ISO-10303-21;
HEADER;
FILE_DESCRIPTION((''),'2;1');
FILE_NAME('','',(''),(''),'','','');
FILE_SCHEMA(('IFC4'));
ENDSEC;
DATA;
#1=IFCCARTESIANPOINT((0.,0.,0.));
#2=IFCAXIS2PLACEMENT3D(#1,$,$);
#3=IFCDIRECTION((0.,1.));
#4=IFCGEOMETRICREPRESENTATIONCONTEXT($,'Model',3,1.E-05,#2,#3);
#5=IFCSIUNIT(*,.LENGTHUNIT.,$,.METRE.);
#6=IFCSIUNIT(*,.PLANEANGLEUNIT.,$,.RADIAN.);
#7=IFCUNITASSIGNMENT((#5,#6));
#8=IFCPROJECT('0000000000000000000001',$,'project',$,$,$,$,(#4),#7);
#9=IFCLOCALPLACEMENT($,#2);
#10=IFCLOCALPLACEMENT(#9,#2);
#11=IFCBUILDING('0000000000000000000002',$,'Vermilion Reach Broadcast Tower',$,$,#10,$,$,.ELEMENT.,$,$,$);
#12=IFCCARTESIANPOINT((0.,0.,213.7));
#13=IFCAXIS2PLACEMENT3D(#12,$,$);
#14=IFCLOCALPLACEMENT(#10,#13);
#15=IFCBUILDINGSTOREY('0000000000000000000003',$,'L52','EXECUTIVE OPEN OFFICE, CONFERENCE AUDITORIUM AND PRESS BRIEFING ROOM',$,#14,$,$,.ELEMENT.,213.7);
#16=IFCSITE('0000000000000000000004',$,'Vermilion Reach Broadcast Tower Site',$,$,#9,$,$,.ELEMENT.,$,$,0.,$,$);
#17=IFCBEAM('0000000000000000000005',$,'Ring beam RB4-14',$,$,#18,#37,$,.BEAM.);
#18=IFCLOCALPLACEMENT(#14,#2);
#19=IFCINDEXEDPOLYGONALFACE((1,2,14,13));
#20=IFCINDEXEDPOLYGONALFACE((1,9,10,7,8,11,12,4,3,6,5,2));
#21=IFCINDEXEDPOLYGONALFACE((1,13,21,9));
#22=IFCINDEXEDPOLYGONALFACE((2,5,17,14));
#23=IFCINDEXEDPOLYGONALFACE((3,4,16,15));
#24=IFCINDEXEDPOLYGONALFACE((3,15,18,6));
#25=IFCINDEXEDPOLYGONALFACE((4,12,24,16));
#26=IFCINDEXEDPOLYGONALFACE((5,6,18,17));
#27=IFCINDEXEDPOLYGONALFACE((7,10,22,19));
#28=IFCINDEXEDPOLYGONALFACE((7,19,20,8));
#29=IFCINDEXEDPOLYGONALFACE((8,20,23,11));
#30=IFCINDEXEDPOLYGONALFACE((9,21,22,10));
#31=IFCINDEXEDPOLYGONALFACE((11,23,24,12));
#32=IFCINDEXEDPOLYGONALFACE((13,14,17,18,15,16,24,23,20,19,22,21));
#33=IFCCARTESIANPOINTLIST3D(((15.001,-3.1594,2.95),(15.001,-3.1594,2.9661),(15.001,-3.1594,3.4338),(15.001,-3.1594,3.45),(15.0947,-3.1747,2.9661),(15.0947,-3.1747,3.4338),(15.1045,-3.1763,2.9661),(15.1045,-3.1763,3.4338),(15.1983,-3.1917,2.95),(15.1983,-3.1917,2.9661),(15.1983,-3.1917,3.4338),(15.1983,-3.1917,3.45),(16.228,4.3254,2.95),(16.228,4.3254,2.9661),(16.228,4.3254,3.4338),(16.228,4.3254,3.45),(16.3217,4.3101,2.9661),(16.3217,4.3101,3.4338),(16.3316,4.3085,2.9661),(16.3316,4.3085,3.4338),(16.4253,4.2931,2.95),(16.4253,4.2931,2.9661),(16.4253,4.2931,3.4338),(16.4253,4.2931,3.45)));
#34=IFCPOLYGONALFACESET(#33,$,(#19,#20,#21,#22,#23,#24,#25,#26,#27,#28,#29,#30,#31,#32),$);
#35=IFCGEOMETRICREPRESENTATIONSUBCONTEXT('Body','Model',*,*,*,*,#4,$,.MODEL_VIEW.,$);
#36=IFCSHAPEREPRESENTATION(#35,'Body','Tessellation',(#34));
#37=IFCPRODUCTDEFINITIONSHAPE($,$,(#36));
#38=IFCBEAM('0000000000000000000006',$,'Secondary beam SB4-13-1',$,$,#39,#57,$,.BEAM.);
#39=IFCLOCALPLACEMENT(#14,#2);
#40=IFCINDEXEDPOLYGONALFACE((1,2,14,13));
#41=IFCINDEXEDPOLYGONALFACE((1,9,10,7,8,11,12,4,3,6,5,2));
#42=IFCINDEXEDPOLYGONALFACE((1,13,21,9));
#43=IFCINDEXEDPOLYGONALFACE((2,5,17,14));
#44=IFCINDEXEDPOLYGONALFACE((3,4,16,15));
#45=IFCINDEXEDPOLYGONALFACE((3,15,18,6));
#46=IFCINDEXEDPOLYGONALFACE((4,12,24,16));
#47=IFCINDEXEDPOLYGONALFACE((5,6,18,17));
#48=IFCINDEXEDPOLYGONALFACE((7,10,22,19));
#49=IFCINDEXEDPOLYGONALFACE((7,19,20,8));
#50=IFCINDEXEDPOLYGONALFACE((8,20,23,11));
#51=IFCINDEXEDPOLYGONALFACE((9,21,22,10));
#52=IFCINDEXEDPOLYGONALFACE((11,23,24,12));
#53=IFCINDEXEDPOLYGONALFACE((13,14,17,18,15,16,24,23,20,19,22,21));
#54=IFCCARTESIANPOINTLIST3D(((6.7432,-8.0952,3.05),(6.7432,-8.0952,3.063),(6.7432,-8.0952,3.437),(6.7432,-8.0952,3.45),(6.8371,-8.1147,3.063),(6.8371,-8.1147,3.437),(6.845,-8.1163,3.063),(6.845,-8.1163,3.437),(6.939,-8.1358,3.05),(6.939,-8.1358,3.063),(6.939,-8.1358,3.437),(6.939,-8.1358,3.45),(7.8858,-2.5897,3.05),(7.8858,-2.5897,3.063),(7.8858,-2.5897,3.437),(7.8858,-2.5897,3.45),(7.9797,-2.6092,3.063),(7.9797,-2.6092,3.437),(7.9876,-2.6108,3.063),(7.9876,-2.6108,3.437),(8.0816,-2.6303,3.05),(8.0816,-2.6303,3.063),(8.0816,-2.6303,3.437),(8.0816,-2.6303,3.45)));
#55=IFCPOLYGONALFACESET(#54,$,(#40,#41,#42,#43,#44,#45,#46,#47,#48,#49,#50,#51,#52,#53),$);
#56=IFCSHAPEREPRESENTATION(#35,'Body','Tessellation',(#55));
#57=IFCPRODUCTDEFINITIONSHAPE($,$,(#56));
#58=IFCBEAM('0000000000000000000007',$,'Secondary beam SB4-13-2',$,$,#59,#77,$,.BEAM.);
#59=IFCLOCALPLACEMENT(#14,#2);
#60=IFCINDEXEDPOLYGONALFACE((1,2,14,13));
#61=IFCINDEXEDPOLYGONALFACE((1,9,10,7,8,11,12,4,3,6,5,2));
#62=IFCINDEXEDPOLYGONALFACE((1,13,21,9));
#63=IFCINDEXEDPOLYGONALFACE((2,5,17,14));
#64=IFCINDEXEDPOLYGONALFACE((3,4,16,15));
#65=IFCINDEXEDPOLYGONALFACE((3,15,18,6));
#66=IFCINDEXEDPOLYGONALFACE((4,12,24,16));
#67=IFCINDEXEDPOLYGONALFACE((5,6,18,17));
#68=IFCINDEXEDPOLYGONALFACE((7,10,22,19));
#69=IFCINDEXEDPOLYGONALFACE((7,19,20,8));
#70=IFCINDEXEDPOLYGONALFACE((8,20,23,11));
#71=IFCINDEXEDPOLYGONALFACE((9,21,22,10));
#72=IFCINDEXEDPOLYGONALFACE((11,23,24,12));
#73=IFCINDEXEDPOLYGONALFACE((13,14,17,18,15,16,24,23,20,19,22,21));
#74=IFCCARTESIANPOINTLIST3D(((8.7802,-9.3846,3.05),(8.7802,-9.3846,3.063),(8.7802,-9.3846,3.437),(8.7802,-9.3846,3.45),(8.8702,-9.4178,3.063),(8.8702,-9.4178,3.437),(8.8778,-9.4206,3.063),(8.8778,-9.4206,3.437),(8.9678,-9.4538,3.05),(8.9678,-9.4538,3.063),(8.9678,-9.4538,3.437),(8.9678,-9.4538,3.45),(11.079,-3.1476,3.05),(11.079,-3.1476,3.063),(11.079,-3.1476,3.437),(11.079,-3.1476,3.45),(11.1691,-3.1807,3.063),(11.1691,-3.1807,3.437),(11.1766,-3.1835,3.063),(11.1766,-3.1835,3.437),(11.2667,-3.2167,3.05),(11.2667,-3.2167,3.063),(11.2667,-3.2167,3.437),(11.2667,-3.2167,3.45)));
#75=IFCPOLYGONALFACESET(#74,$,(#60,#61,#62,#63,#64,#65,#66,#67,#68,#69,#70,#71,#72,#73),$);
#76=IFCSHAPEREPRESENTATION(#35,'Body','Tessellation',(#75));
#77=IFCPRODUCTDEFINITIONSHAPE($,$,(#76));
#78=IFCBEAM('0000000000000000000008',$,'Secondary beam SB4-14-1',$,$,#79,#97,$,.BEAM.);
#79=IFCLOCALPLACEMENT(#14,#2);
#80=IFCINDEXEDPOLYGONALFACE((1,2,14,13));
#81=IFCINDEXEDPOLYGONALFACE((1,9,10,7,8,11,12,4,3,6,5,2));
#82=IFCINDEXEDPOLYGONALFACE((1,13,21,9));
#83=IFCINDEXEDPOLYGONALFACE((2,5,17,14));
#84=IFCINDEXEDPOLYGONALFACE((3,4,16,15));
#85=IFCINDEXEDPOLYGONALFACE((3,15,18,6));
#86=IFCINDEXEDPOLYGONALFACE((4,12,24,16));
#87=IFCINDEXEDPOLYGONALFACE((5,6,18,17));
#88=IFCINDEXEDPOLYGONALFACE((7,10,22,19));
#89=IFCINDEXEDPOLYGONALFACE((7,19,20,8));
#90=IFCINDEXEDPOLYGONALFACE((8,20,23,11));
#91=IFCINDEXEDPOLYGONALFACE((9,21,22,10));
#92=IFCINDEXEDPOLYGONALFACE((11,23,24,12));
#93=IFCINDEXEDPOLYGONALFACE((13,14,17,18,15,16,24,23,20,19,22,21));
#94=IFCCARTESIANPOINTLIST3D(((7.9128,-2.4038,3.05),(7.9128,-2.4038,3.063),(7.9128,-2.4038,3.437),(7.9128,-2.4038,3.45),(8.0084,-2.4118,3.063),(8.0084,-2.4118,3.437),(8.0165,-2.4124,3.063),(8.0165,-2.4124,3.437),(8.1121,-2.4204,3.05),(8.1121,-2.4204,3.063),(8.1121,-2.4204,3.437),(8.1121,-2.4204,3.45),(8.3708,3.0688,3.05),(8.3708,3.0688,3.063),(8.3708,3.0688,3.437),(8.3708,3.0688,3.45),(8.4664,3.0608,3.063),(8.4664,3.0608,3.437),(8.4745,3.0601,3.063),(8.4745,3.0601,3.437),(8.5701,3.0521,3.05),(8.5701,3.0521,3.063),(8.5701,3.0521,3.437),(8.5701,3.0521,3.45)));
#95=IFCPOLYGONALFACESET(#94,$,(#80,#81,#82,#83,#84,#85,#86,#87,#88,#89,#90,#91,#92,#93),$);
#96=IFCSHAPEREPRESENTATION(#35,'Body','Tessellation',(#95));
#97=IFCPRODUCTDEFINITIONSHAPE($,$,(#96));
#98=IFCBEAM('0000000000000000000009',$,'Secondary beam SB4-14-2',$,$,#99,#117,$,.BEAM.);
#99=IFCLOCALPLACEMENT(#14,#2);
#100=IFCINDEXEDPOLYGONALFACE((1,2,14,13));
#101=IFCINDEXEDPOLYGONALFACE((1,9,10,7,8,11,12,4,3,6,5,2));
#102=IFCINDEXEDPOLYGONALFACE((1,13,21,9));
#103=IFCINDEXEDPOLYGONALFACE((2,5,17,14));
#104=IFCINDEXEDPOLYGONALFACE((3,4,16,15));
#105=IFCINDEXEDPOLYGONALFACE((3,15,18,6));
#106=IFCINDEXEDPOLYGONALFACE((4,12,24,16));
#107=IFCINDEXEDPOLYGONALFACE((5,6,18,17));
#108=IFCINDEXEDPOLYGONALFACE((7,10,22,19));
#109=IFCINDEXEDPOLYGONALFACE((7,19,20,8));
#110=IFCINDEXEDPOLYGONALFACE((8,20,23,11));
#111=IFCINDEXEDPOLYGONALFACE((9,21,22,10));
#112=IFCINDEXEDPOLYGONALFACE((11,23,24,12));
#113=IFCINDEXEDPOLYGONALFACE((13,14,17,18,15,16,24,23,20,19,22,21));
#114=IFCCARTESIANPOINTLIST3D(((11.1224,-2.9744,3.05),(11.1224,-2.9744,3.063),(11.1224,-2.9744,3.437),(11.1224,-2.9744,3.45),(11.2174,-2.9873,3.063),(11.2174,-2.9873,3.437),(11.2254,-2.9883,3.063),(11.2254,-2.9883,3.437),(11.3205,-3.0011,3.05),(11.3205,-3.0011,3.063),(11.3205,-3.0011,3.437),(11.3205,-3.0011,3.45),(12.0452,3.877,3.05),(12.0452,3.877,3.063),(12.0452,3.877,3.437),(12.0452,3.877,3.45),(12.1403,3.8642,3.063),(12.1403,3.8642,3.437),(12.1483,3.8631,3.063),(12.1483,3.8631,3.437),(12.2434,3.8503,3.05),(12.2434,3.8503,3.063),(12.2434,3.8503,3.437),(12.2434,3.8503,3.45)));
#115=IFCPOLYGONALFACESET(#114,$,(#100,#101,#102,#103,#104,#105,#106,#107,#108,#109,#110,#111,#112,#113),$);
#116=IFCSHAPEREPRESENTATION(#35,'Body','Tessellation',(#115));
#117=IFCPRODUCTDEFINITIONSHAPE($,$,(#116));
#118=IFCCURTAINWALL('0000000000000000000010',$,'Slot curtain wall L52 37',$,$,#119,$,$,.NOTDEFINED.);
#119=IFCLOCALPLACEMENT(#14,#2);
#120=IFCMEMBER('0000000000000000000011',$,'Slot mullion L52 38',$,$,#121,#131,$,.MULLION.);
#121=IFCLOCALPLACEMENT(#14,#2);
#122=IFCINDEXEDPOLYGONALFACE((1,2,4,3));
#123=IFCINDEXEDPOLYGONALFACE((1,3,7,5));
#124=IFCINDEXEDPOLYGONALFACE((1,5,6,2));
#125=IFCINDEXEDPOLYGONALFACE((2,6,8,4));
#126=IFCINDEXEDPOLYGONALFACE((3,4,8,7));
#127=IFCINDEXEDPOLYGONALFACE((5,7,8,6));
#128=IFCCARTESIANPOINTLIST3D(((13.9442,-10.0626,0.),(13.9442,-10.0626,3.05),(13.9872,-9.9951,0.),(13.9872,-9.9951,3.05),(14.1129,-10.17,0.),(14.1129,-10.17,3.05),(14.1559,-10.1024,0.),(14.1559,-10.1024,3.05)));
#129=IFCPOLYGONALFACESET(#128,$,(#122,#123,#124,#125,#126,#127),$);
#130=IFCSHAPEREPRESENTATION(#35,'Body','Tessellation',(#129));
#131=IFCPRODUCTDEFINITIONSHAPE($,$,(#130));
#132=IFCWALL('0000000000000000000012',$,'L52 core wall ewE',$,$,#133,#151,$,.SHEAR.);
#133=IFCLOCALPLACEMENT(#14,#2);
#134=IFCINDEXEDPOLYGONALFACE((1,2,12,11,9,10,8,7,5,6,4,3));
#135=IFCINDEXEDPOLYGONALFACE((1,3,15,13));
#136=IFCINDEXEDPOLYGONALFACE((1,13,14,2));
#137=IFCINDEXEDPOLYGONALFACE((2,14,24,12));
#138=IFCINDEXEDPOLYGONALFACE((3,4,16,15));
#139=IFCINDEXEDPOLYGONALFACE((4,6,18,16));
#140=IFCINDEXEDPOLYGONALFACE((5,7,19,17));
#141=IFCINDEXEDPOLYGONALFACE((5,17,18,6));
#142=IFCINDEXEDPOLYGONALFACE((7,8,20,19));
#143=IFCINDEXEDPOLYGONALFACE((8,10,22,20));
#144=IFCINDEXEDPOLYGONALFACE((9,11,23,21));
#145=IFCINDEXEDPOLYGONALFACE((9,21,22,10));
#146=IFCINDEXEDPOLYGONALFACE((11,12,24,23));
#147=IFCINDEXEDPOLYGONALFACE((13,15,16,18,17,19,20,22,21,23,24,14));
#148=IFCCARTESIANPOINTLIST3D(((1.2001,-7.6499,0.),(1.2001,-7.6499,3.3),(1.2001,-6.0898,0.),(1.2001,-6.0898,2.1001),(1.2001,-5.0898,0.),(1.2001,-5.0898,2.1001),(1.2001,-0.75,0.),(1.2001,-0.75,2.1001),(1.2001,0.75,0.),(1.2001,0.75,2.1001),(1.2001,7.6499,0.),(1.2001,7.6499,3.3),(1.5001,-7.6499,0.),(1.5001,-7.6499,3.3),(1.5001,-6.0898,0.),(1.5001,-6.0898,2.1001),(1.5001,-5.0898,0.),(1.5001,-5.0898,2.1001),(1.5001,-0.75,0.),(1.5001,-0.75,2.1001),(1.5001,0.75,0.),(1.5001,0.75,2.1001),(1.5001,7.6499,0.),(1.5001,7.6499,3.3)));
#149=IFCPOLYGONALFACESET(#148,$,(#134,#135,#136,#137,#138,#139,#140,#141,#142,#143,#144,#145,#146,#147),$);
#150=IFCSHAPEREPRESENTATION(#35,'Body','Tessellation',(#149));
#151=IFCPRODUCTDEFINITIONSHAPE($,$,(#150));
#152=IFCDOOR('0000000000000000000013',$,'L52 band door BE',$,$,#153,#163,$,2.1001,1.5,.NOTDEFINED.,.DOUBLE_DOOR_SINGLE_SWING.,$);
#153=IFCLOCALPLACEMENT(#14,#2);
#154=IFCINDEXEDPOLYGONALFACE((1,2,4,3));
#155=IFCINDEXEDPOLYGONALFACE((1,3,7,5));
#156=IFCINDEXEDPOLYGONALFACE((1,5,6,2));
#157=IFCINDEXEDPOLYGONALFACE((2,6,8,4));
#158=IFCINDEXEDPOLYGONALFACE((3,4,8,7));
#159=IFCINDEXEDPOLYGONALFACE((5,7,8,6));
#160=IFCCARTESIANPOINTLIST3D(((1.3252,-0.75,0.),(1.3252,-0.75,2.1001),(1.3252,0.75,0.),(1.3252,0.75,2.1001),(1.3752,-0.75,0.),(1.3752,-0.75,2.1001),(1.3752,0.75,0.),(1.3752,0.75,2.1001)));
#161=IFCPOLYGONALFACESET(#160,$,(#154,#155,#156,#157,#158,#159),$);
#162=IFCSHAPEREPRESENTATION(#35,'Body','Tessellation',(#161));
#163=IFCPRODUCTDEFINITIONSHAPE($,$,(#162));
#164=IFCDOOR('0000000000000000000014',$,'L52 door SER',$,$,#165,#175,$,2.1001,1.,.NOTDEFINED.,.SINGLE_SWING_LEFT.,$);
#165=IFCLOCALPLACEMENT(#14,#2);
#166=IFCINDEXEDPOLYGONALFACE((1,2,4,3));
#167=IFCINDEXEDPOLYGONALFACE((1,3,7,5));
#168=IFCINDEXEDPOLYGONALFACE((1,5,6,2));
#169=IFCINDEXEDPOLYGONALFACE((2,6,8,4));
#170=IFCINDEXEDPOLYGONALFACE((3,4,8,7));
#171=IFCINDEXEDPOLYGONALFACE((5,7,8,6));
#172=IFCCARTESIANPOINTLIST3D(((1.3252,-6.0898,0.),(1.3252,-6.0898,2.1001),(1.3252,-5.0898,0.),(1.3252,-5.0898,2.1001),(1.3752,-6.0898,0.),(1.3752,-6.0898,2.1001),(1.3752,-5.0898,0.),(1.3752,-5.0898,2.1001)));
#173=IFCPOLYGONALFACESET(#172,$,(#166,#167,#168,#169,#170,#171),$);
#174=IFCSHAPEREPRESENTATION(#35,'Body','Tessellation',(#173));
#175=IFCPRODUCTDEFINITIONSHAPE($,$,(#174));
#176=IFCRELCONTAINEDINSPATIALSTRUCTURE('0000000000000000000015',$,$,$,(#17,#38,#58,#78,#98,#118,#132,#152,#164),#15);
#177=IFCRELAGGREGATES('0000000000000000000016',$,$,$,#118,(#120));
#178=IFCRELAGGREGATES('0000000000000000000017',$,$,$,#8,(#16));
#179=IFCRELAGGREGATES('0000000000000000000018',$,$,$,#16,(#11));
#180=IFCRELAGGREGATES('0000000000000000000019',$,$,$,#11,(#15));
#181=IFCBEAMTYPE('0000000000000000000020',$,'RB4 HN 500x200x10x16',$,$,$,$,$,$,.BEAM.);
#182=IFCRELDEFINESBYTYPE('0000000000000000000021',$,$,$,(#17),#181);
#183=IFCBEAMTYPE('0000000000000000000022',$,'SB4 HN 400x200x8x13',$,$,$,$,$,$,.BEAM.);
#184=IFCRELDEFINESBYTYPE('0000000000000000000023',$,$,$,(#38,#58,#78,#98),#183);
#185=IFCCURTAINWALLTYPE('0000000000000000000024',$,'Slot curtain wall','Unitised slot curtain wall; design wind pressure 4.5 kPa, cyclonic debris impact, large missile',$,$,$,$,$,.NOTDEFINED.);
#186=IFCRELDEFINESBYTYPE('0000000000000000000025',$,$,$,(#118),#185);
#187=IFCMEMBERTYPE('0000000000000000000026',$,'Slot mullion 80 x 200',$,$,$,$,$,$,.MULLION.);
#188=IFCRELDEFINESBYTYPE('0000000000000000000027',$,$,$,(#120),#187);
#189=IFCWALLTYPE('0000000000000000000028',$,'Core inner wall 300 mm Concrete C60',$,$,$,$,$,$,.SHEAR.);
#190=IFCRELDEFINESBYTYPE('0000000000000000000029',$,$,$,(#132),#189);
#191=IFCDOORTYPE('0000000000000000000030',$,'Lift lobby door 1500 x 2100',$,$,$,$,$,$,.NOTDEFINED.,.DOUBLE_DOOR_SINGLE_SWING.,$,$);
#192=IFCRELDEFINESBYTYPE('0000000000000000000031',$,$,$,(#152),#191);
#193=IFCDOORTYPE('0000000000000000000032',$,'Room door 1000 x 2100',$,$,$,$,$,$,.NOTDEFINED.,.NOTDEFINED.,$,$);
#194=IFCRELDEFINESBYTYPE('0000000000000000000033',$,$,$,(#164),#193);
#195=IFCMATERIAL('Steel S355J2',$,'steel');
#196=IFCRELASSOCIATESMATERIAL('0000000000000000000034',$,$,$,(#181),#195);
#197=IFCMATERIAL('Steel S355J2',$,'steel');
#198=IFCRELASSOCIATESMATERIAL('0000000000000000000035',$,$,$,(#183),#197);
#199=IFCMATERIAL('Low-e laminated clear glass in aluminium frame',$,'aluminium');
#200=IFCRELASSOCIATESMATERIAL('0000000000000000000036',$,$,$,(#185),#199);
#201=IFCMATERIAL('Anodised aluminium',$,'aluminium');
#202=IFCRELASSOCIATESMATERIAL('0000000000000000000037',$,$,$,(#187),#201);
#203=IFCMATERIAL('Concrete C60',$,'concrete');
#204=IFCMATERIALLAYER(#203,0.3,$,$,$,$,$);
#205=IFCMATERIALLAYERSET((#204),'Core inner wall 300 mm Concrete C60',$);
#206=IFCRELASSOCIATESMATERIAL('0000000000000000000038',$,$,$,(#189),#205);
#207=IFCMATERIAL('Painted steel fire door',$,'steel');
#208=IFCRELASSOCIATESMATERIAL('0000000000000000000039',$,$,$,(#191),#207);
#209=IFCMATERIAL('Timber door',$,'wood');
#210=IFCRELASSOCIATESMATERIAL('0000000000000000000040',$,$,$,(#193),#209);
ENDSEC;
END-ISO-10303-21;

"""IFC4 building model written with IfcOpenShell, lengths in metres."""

from ifc_helpers import new_model, si_unit, direction, frame, frame_2d, origin, origin_2d, place, context, subcontext, project, spatial, rectangle, i_section, extrude, material, layer, layer_set, material_profile, profile_set, type_object, element, fill, aggregate, save


model = new_model("IFC4")

# Units and contexts
model_context = context("Model", 3, precision=1e-05, world=origin(), true_north=direction((0.0, 1.0)))
body_context = subcontext(model_context, "Body", "Model", "MODEL_VIEW")
ifc_project = project(units=[si_unit("LENGTHUNIT", "METRE"), si_unit("PLANEANGLEUNIT", "RADIAN")], contexts=[model_context])

# Site, building, storey
site_placement = place(None, origin())
site = spatial("IfcSite", under=ifc_project, at=site_placement, Name="Vermilion Reach Broadcast Tower Site", CompositionType="ELEMENT", RefElevation=0.0)
building_placement = place(site_placement, origin())
building = spatial("IfcBuilding", under=site, at=building_placement, Name="Vermilion Reach Broadcast Tower", CompositionType="ELEMENT")
storey_placement = place(building_placement, frame((0.0, 0.0, 213.7)))
storey = spatial("IfcBuildingStorey", under=building, at=storey_placement, Name="L52", Description="EXECUTIVE OPEN OFFICE, CONFERENCE AUDITORIUM AND PRESS BRIEFING ROOM", CompositionType="ELEMENT", Elevation=213.7)

# Beams
ifc_material_1 = material(Name="Steel S355J2", Category="steel")
ifc_material_profile_1 = material_profile(ifc_material_1, i_section(OverallWidth=0.2, OverallDepth=0.5, WebThickness=0.01, FlangeThickness=0.0161, at=origin_2d()), Name="S355J2 HN 500x200x10x16")
ifc_profile_set_1 = profile_set([ifc_material_profile_1], Name="Steel S355J2")
beam_type_1 = type_object("IfcBeamType", Name="RB4 HN 500x200x10x16", PredefinedType="BEAM", material=ifc_profile_set_1)
beam_1_placement = place(storey_placement, frame((15.0996, -3.1755, 3.2), z_axis=(0.161778, 0.986827, 0.0), x_axis=(-0.986827, 0.161778, 0.0)))
element("IfcBeam", 1, at=beam_1_placement, inside=storey, type_object=beam_type_1, Name="Ring beam RB4-14", PredefinedType="BEAM", context=body_context, shape_type="SweptSolid", body=[
    extrude(i_section(OverallWidth=0.2, OverallDepth=0.5, WebThickness=0.01, FlangeThickness=0.0161, at=origin_2d()), origin(), (0.0, 0.0, 1.0), 7.5847),
])
ifc_material_2 = material(Name="Steel S355J2", Category="steel")
ifc_material_profile_2 = material_profile(ifc_material_2, i_section(OverallWidth=0.2, OverallDepth=0.3999, WebThickness=0.0081, FlangeThickness=0.0129, at=origin_2d()), Name="S355J2 HN 400x200x8x13")
ifc_profile_set_2 = profile_set([ifc_material_profile_2], Name="Steel S355J2")
beam_type_2 = type_object("IfcBeamType", Name="SB4 HN 400x200x8x13", PredefinedType="BEAM", material=ifc_profile_set_2)
beam_2_placement = place(storey_placement, frame((6.8411, -8.1155, 3.25), z_axis=(0.203209, 0.979135, 0.0), x_axis=(-0.979135, 0.203209, 0.0)))
element("IfcBeam", 2, at=beam_2_placement, inside=storey, type_object=beam_type_2, Name="Secondary beam SB4-13-1", PredefinedType="BEAM", context=body_context, shape_type="SweptSolid", body=[
    extrude(i_section(OverallWidth=0.2, OverallDepth=0.3999, WebThickness=0.0081, FlangeThickness=0.0129, at=origin_2d()), origin(), (0.0, 0.0, 1.0), 5.6228),
])
beam_3_placement = place(storey_placement, frame((8.874, -9.4192, 3.25), z_axis=(0.345833, 0.938296, 0.0), x_axis=(-0.938296, 0.345833, 0.0)))
element("IfcBeam", 3, at=beam_3_placement, inside=storey, type_object=beam_type_2, Name="Secondary beam SB4-13-2", PredefinedType="BEAM", context=body_context, shape_type="SweptSolid", body=[
    extrude(i_section(OverallWidth=0.2, OverallDepth=0.3999, WebThickness=0.0081, FlangeThickness=0.0129, at=origin_2d()), origin(), (0.0, 0.0, 1.0), 6.6472),
])
beam_4_placement = place(storey_placement, frame((8.0125, -2.4121, 3.25), z_axis=(0.083399, 0.996516, 0.0), x_axis=(-0.996516, 0.083399, 0.0)))
element("IfcBeam", 4, at=beam_4_placement, inside=storey, type_object=beam_type_2, Name="Secondary beam SB4-14-1", PredefinedType="BEAM", context=body_context, shape_type="SweptSolid", body=[
    extrude(i_section(OverallWidth=0.2, OverallDepth=0.3999, WebThickness=0.0081, FlangeThickness=0.0129, at=origin_2d()), origin(), (0.0, 0.0, 1.0), 5.4917),
])
beam_5_placement = place(storey_placement, frame((11.2214, -2.9878, 3.25), z_axis=(0.133487, 0.991051, 0.0), x_axis=(-0.991051, 0.133487, 0.0)))
element("IfcBeam", 5, at=beam_5_placement, inside=storey, type_object=beam_type_2, Name="Secondary beam SB4-14-2", PredefinedType="BEAM", context=body_context, shape_type="SweptSolid", body=[
    extrude(i_section(OverallWidth=0.2, OverallDepth=0.3999, WebThickness=0.0081, FlangeThickness=0.0129, at=origin_2d()), origin(), (0.0, 0.0, 1.0), 6.9133),
])

# Curtain wall, member
ifc_material_3 = material(Name="Low-e laminated clear glass in aluminium frame", Category="aluminium")
curtain_wall_type = type_object("IfcCurtainWallType", Name="Slot curtain wall", Description="Unitised slot curtain wall; design wind pressure 4.5 kPa, cyclonic debris impact, large missile", PredefinedType="NOTDEFINED", material=ifc_material_3)
curtain_wall_placement = place(storey_placement, origin())
curtain_wall = element("IfcCurtainWall", 6, at=curtain_wall_placement, inside=storey, type_object=curtain_wall_type, Name="Slot curtain wall L52 37", PredefinedType="NOTDEFINED")
ifc_material_4 = material(Name="Anodised aluminium", Category="aluminium")
ifc_material_profile_3 = material_profile(ifc_material_4, rectangle(XDim=0.2, YDim=0.0801, at=origin_2d()), Name="Slot mullion 80 x 200")
ifc_profile_set_3 = profile_set([ifc_material_profile_3], Name="Anodised aluminium")
member_type = type_object("IfcMemberType", Name="Slot mullion 80 x 200", PredefinedType="MULLION", material=ifc_profile_set_3)
member_placement = place(storey_placement, frame((14.05, -10.0825, 0.0), z_axis=(0.0, 0.0, 1.0), x_axis=(-0.843588, 0.536991, 0.0)))
member = element("IfcMember", 7, at=member_placement, type_object=member_type, Name="Slot mullion L52 38", PredefinedType="MULLION", context=body_context, shape_type="SweptSolid", body=[
    extrude(rectangle(XDim=0.2, YDim=0.0801, at=origin_2d()), origin(), (0.0, 0.0, 1.0), 3.05),
])
aggregate(curtain_wall, [member])

# Wall, openings, doors
ifc_material_5 = material(Name="Concrete C60", Category="concrete")
ifc_layer_1 = layer(ifc_material_5, 0.3)
ifc_layer_set_1 = layer_set([ifc_layer_1], Name="Core inner wall 300 mm Concrete C60")
wall_type_1 = type_object("IfcWallType", Name="Core inner wall 300 mm Concrete C60", PredefinedType="SHEAR", material=ifc_layer_set_1)
wall_1_placement = place(storey_placement, frame((1.3501, -7.6499, 0.0), z_axis=(0.0, 0.0, 1.0), x_axis=(0.0, 1.0, 0.0)))
wall_1 = element("IfcWall", 8, at=wall_1_placement, inside=storey, type_object=wall_type_1, Name="L52 core wall ewE", PredefinedType="SHEAR", context=body_context, shape_type="SweptSolid", body=[
    extrude(rectangle(XDim=15.2998, YDim=0.3, at=frame_2d((7.6499, 0.0))), origin(), (0.0, 0.0, 1.0), 3.3),
])
opening_1_placement = place(wall_1_placement, frame((1.5601, 0.0, 0.0)))
opening_1 = element("IfcOpeningElement", 9, at=opening_1_placement, cuts=wall_1, PredefinedType="OPENING", context=body_context, shape_type="SweptSolid", body=[
    extrude(rectangle(XDim=1.0, YDim=2.1001, at=frame_2d((0.5, 1.05))), frame((0.0, 0.1599, 0.0), z_axis=(0.0, -1.0, 0.0), x_axis=(1.0, 0.0, 0.0)), (0.0, 0.0, 1.0), 0.3201),
])
opening_2_placement = place(wall_1_placement, frame((6.8999, 0.0, 0.0)))
opening_2 = element("IfcOpeningElement", 10, at=opening_2_placement, cuts=wall_1, PredefinedType="OPENING", context=body_context, shape_type="SweptSolid", body=[
    extrude(rectangle(XDim=1.5, YDim=2.1001, at=frame_2d((0.75, 1.05))), frame((0.0, 0.1599, 0.0), z_axis=(0.0, -1.0, 0.0), x_axis=(1.0, 0.0, 0.0)), (0.0, 0.0, 1.0), 0.3201),
])
ifc_material_6 = material(Name="Painted steel fire door", Category="steel")
door_type_1 = type_object("IfcDoorType", Name="Lift lobby door 1500 x 2100", OperationType="DOUBLE_DOOR_SINGLE_SWING", PredefinedType="NOTDEFINED", material=ifc_material_6)
door_1_placement = place(opening_2_placement, origin())
door_1 = element("IfcDoor", 11, at=door_1_placement, inside=storey, type_object=door_type_1, Name="L52 band door BE", OperationType="DOUBLE_DOOR_SINGLE_SWING", OverallHeight=2.1001, OverallWidth=1.5, PredefinedType="NOTDEFINED", context=body_context, shape_type="SweptSolid", body=[
    extrude(rectangle(XDim=1.5, YDim=2.1001, at=frame_2d((0.75, 1.05))), frame((0.0, 0.0249, 0.0), z_axis=(0.0, -1.0, 0.0), x_axis=(1.0, 0.0, 0.0)), (0.0, 0.0, 1.0), 0.05),
])
fill(opening_2, door_1)
ifc_material_7 = material(Name="Timber door", Category="wood")
door_type_2 = type_object("IfcDoorType", Name="Room door 1000 x 2100", OperationType="NOTDEFINED", PredefinedType="NOTDEFINED", material=ifc_material_7)
door_2_placement = place(opening_1_placement, origin())
door_2 = element("IfcDoor", 12, at=door_2_placement, inside=storey, type_object=door_type_2, Name="L52 door SER", OperationType="SINGLE_SWING_LEFT", OverallHeight=2.1001, OverallWidth=1.0, PredefinedType="NOTDEFINED", context=body_context, shape_type="SweptSolid", body=[
    extrude(rectangle(XDim=1.0, YDim=2.1001, at=frame_2d((0.5, 1.05))), frame((0.0, 0.0249, 0.0), z_axis=(0.0, -1.0, 0.0), x_axis=(1.0, 0.0, 0.0)), (0.0, 0.0, 1.0), 0.05),
])
fill(opening_1, door_2)

save(model, "model.ifc")
